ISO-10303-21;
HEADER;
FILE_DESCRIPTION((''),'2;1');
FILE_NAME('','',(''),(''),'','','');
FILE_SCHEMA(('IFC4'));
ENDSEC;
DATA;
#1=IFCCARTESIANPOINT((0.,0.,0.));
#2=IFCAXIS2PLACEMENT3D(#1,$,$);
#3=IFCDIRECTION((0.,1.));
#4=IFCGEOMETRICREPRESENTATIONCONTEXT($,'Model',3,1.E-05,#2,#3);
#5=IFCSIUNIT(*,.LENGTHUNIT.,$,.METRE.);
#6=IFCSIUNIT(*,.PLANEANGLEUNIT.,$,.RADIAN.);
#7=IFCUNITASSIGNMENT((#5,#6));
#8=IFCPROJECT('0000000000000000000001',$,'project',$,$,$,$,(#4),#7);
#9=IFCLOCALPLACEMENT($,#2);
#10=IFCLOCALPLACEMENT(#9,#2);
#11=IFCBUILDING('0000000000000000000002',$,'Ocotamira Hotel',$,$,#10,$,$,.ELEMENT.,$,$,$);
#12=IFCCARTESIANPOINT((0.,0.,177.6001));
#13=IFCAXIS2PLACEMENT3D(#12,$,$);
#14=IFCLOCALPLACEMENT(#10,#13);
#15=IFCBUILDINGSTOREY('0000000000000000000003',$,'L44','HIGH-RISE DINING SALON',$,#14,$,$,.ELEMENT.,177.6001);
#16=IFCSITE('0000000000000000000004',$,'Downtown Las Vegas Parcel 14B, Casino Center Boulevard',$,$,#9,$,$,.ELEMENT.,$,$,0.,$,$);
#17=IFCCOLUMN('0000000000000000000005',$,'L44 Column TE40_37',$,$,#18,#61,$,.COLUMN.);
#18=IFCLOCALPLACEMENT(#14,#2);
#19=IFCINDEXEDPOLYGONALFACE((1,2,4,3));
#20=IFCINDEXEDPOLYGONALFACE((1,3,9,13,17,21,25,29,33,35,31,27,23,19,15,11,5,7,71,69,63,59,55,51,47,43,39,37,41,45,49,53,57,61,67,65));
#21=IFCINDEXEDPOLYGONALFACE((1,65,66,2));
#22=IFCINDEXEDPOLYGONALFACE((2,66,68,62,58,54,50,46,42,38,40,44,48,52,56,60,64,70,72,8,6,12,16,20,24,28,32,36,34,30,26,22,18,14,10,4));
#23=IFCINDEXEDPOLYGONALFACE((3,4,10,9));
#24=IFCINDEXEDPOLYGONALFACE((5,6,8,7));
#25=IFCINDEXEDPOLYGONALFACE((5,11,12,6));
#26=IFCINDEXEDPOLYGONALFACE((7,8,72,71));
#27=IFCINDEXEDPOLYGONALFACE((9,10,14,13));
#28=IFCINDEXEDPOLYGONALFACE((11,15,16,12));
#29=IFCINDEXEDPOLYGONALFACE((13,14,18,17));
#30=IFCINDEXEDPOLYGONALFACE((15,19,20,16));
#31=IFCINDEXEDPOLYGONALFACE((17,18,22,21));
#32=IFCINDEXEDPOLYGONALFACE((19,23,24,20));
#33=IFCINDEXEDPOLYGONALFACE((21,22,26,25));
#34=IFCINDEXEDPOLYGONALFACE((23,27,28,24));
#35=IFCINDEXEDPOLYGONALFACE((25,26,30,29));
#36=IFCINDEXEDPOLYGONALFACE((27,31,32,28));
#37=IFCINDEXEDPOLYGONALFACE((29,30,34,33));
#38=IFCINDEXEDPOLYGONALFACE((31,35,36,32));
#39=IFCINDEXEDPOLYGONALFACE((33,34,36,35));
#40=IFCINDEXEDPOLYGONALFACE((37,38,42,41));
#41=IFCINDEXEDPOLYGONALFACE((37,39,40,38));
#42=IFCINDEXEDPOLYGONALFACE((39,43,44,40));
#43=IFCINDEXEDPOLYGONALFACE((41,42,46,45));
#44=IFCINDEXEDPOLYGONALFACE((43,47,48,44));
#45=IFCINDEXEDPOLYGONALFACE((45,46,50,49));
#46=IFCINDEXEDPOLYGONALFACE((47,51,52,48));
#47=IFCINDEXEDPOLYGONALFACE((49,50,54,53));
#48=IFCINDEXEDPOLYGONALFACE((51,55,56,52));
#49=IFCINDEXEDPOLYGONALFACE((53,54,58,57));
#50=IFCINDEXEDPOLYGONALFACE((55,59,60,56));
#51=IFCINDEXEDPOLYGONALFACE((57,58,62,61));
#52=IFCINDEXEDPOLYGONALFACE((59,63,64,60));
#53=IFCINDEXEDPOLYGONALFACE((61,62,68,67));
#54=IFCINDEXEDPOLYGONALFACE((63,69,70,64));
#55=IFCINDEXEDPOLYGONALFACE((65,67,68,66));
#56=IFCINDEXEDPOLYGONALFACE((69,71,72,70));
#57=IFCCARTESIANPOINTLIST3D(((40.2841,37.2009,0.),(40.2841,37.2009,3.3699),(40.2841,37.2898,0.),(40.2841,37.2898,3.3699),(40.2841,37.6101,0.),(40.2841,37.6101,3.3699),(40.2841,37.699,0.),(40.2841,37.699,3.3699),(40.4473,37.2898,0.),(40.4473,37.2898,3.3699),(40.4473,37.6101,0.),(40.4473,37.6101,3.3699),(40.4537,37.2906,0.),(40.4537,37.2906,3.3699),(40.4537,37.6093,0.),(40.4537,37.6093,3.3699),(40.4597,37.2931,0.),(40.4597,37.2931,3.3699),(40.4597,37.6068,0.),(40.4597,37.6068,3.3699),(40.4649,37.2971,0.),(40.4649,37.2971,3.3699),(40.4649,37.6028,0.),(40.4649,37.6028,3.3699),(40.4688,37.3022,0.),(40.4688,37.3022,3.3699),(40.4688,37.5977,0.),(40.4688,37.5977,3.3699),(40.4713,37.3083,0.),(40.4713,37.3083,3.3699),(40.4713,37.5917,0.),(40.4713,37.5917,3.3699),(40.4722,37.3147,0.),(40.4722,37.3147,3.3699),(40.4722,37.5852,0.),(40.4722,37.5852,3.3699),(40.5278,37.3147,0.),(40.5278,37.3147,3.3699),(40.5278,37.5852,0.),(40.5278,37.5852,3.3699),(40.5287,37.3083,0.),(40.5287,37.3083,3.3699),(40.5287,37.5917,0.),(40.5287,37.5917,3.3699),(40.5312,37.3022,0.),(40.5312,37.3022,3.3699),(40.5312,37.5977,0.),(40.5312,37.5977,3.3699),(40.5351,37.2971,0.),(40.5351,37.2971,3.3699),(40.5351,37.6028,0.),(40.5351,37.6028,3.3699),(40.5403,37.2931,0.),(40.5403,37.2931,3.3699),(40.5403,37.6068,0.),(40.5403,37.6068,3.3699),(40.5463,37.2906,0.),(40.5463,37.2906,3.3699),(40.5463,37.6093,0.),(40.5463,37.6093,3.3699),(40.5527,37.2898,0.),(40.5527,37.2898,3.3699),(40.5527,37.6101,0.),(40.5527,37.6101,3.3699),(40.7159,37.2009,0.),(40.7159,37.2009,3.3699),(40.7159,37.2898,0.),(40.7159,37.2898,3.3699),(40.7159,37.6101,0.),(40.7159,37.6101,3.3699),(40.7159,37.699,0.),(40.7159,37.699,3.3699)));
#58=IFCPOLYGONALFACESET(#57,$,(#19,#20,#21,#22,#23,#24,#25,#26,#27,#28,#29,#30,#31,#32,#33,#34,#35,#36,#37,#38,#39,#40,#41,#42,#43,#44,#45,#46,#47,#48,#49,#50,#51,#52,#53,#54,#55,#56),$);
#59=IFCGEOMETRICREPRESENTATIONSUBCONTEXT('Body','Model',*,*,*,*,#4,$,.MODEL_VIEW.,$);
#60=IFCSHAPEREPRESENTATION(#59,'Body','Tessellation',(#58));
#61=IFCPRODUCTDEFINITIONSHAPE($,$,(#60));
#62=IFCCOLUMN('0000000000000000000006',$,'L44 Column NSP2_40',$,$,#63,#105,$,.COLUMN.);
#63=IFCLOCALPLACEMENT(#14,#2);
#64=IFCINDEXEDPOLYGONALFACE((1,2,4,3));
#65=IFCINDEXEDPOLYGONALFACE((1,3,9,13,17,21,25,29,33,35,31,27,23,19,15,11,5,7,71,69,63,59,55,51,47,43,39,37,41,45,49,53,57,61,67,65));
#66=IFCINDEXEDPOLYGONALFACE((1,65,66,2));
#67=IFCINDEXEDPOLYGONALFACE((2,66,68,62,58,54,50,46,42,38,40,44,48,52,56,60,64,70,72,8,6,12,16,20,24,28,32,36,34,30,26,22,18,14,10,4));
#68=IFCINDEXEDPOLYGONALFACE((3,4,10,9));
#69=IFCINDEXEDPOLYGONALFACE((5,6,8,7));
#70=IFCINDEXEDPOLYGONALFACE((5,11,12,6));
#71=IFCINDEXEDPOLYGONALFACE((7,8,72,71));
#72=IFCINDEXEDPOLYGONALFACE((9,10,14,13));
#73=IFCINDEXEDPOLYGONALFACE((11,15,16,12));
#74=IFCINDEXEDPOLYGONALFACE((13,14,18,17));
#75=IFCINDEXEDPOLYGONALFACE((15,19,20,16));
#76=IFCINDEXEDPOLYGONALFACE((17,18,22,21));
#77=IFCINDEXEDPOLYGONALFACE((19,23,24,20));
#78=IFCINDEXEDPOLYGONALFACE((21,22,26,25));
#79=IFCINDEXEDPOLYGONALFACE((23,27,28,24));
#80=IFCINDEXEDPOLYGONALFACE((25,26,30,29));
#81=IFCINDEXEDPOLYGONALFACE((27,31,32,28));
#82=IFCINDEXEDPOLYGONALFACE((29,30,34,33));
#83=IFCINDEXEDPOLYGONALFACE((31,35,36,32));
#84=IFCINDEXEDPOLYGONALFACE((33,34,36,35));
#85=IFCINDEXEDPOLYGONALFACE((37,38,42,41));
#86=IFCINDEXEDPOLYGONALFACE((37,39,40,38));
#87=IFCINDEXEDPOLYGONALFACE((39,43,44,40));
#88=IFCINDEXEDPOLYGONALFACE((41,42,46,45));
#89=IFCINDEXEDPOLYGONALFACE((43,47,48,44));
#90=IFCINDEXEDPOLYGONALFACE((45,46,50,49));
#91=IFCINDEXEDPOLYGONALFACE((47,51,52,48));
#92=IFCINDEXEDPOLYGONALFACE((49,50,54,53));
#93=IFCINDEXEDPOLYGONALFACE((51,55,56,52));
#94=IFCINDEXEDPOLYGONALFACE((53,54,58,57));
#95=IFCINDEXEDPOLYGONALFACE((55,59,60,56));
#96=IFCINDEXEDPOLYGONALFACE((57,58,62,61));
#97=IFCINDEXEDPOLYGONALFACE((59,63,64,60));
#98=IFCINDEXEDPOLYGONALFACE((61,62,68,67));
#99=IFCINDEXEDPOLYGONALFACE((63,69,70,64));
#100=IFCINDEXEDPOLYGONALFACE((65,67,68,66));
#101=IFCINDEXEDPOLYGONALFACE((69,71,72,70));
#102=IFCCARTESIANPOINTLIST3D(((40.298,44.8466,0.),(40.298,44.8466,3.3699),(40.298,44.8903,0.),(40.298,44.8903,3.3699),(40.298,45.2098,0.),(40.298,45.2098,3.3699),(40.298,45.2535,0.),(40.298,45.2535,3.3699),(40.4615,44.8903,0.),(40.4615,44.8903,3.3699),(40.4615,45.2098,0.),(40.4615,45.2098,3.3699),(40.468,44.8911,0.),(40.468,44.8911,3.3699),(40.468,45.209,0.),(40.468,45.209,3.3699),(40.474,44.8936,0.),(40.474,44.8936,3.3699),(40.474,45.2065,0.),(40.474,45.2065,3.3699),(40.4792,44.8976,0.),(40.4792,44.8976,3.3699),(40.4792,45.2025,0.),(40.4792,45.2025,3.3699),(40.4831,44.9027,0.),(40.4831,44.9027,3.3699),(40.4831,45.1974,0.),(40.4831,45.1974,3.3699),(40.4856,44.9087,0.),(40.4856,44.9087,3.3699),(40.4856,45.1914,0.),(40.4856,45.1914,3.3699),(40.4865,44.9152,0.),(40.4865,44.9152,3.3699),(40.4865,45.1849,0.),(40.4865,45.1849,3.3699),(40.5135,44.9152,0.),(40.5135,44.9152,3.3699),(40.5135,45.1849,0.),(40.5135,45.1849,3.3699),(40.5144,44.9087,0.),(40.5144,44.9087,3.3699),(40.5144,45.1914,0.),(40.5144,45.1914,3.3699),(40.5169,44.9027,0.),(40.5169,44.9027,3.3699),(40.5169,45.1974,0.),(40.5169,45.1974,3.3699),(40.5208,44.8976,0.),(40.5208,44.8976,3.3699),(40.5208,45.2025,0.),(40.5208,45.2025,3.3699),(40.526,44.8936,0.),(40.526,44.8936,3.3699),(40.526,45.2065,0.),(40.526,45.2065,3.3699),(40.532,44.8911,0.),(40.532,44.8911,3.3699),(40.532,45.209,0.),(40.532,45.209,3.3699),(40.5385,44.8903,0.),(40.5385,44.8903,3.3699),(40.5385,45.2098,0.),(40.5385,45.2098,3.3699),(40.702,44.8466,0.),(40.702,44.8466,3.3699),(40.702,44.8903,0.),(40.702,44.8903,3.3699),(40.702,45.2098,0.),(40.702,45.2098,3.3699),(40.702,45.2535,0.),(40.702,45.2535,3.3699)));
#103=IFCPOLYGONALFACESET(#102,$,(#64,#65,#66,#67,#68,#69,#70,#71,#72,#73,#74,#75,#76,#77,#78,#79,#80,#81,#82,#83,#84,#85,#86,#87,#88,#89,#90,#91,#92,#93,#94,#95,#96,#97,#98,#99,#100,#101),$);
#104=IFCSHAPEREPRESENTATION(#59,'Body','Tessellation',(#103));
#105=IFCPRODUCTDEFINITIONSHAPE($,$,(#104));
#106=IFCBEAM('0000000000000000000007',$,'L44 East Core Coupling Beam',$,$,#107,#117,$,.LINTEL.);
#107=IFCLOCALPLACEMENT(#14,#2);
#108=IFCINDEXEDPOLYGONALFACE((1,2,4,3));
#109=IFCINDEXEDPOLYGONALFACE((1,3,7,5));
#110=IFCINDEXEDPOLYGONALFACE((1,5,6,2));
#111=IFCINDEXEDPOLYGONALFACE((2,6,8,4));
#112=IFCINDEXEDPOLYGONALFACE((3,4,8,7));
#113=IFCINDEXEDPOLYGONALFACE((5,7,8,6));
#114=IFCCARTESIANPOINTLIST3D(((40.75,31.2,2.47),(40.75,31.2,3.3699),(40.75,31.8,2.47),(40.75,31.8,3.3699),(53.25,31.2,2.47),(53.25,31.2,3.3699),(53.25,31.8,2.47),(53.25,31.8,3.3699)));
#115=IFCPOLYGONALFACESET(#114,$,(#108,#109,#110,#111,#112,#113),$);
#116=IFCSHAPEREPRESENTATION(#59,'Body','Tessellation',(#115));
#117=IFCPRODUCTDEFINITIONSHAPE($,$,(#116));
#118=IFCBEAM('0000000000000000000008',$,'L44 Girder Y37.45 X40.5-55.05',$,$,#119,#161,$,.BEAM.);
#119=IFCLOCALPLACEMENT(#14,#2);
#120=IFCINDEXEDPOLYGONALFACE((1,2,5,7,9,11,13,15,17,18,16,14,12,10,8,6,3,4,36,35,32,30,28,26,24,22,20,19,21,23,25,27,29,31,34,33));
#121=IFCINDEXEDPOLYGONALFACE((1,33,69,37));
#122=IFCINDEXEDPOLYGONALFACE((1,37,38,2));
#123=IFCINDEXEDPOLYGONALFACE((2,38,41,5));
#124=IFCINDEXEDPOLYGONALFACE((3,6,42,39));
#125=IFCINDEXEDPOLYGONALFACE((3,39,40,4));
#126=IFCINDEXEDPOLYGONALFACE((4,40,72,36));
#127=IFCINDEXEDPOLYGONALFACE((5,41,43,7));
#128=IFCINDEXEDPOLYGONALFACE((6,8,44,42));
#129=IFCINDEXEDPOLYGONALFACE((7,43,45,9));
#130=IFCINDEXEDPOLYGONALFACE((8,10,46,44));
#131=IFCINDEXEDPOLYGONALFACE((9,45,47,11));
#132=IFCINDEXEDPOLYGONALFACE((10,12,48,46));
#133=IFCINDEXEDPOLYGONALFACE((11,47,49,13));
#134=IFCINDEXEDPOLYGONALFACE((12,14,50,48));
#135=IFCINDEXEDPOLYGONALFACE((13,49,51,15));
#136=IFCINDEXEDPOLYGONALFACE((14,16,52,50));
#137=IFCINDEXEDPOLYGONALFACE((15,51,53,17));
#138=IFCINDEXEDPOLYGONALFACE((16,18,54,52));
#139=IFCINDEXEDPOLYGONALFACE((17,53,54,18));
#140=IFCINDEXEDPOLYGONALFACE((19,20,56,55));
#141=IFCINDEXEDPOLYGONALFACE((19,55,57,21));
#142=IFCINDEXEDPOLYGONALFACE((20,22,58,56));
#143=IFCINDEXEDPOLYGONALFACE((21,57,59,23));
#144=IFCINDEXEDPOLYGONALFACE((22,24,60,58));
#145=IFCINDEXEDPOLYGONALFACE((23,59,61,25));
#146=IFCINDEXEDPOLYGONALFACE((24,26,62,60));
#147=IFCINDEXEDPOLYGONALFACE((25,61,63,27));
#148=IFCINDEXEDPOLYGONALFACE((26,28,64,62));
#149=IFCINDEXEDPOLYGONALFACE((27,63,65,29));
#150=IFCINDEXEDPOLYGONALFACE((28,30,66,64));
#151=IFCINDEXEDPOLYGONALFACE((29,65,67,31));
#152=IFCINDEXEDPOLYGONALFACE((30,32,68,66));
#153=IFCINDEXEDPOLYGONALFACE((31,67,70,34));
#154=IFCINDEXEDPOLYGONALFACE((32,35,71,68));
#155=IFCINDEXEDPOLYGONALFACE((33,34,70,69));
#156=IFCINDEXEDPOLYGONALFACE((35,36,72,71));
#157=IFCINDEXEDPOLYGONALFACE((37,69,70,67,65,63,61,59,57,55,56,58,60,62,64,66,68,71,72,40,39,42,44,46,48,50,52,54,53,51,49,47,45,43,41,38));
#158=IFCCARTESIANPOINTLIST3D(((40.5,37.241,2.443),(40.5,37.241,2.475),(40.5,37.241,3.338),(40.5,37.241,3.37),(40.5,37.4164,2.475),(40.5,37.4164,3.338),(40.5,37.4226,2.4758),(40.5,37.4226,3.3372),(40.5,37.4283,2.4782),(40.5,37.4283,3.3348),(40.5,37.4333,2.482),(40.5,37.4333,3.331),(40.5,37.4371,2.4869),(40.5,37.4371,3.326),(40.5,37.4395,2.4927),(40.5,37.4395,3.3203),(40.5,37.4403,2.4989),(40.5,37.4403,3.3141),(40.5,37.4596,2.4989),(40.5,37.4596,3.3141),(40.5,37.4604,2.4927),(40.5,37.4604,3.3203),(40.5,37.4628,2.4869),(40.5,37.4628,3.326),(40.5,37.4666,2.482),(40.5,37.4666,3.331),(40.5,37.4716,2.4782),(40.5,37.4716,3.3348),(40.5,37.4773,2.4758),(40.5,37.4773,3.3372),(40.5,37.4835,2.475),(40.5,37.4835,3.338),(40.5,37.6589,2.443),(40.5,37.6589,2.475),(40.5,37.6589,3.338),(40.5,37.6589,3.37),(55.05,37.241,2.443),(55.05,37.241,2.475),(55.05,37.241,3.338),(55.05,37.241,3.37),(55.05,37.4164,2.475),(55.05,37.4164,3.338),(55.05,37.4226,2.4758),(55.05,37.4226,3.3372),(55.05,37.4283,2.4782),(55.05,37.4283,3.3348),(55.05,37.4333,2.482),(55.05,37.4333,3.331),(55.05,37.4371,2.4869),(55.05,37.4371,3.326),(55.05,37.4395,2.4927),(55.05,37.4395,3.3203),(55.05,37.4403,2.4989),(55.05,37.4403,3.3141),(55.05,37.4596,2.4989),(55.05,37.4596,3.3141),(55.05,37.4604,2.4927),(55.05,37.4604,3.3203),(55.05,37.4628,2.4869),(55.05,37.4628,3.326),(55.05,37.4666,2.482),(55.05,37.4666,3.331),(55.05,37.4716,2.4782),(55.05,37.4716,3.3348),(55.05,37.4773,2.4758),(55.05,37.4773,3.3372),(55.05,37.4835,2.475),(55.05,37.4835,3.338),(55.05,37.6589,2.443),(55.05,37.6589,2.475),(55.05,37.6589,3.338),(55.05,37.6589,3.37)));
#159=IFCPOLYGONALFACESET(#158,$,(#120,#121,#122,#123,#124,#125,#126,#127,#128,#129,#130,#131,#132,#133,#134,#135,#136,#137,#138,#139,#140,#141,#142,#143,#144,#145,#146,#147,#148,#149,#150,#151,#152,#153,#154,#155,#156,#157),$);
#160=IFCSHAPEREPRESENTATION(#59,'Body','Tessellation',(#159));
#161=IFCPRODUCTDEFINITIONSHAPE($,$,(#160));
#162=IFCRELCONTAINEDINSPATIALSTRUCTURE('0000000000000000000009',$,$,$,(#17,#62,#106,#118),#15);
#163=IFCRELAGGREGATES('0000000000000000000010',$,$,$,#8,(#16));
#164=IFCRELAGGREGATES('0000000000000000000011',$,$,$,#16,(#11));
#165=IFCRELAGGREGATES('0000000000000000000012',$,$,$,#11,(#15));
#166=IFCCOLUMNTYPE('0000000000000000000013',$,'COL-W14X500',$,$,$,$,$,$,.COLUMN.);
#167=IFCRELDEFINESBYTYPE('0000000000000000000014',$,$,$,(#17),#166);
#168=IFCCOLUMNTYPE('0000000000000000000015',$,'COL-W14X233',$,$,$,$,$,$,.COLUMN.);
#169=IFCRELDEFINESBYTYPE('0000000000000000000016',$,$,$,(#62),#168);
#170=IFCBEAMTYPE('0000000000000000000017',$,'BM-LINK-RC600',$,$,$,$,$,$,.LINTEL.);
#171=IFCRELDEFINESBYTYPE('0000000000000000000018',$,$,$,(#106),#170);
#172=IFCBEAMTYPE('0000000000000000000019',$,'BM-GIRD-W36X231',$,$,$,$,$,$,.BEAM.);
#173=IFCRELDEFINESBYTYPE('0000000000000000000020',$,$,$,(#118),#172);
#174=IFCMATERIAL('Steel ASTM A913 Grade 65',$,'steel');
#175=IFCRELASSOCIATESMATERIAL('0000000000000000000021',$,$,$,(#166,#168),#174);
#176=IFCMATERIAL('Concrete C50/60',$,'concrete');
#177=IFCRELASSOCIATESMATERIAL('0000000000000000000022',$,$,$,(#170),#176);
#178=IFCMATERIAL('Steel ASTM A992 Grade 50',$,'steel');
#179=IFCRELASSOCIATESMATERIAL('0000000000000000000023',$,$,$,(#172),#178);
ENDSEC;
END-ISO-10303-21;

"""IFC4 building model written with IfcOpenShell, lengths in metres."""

from ifc_helpers import new_model, si_unit, direction, frame, origin, origin_2d, place, context, subcontext, project, spatial, rectangle, i_section, extrude, source, transform, mapped, material, material_profile, profile_set, type_object, element, save


model = new_model("IFC4")

# Units and contexts
model_context = context("Model", 3, precision=1e-05, world=origin(), true_north=direction((0.0, 1.0)))
body_context = subcontext(model_context, "Body", "Model", "MODEL_VIEW")
ifc_project = project(units=[si_unit("LENGTHUNIT", "METRE"), si_unit("PLANEANGLEUNIT", "RADIAN")], contexts=[model_context])

# Site, building, storey
site_placement = place(None, origin())
site = spatial("IfcSite", under=ifc_project, at=site_placement, Name="Downtown Las Vegas Parcel 14B, Casino Center Boulevard", CompositionType="ELEMENT", RefElevation=0.0)
building_placement = place(site_placement, origin())
building = spatial("IfcBuilding", under=site, at=building_placement, Name="Ocotamira Hotel", CompositionType="ELEMENT")
storey_placement = place(building_placement, frame((0.0, 0.0, 177.6001)))
storey = spatial("IfcBuildingStorey", under=building, at=storey_placement, Name="L44", Description="HIGH-RISE DINING SALON", CompositionType="ELEMENT", Elevation=177.6001)

# Columns
ifc_material_1 = material(Name="Steel ASTM A913 Grade 65", Category="steel")
ifc_material_profile_1 = material_profile(ifc_material_1, i_section(OverallWidth=0.4319, OverallDepth=0.498, WebThickness=0.0557, FlangeThickness=0.0889, FilletRadius=0.0249, at=origin_2d()), Name="W14X500")
ifc_profile_set_1 = profile_set([ifc_material_profile_1], Name="Steel ASTM A913 Grade 65")
column_type_1 = type_object("IfcColumnType", Name="COL-W14X500", PredefinedType="COLUMN", material=ifc_profile_set_1)
shared_shape_1 = source(origin(), body_context, "Body", "SweptSolid", [
    extrude(i_section(OverallWidth=0.4319, OverallDepth=0.498, WebThickness=0.0557, FlangeThickness=0.0889, FilletRadius=0.0249, at=origin_2d()), origin(), (0.0, 0.0, 1.0), 3.3699),
])
column_1_placement = place(storey_placement, frame((40.5, 37.45, 0.0), z_axis=(0.0, 0.0, 1.0), x_axis=(1.0, 0.0, 0.0)))
element("IfcColumn", 1, at=column_1_placement, inside=storey, type_object=column_type_1, Name="L44 Column TE40_37", PredefinedType="COLUMN", context=body_context, shape_type="MappedRepresentation", body=[
    mapped(shared_shape_1, transform((0.0, 0.0, 0.0), scale=1.0)),
])
ifc_material_profile_2 = material_profile(ifc_material_1, i_section(OverallWidth=0.4041, OverallDepth=0.407, WebThickness=0.0271, FlangeThickness=0.0437, FilletRadius=0.0249, at=origin_2d()), Name="W14X233")
ifc_profile_set_2 = profile_set([ifc_material_profile_2], Name="Steel ASTM A913 Grade 65")
column_type_2 = type_object("IfcColumnType", Name="COL-W14X233", PredefinedType="COLUMN", material=ifc_profile_set_2)
shared_shape_2 = source(origin(), body_context, "Body", "SweptSolid", [
    extrude(i_section(OverallWidth=0.4041, OverallDepth=0.407, WebThickness=0.0271, FlangeThickness=0.0437, FilletRadius=0.0249, at=origin_2d()), origin(), (0.0, 0.0, 1.0), 3.3699),
])
column_2_placement = place(storey_placement, frame((40.5, 45.05, 0.0), z_axis=(0.0, 0.0, 1.0), x_axis=(1.0, 0.0, 0.0)))
element("IfcColumn", 2, at=column_2_placement, inside=storey, type_object=column_type_2, Name="L44 Column NSP2_40", PredefinedType="COLUMN", context=body_context, shape_type="MappedRepresentation", body=[
    mapped(shared_shape_2, transform((0.0, 0.0, 0.0), scale=1.0)),
])

# Beams
ifc_material_2 = material(Name="Concrete C50/60", Category="concrete")
ifc_material_profile_3 = material_profile(ifc_material_2, rectangle(XDim=0.6001, YDim=0.8999, at=origin_2d()), Name="RC600X900")
ifc_profile_set_3 = profile_set([ifc_material_profile_3], Name="Concrete C50/60")
beam_type_1 = type_object("IfcBeamType", Name="BM-LINK-RC600", PredefinedType="LINTEL", material=ifc_profile_set_3)
shared_shape_3 = source(origin(), body_context, "Body", "SweptSolid", [
    extrude(rectangle(XDim=0.6001, YDim=0.8999, at=origin_2d()), origin(), (0.0, 0.0, 1.0), 12.5),
])
beam_1_placement = place(storey_placement, frame((40.75, 31.5, 2.9199), z_axis=(1.0, 0.0, 0.0), x_axis=(0.0, 1.0, 0.0)))
element("IfcBeam", 3, at=beam_1_placement, inside=storey, type_object=beam_type_1, Name="L44 East Core Coupling Beam", PredefinedType="LINTEL", context=body_context, shape_type="MappedRepresentation", body=[
    mapped(shared_shape_3, transform((0.0, 0.0, 0.0), scale=1.0)),
])
ifc_material_3 = material(Name="Steel ASTM A992 Grade 50", Category="steel")
ifc_material_profile_4 = material_profile(ifc_material_3, i_section(OverallWidth=0.418, OverallDepth=0.927, WebThickness=0.0193, FlangeThickness=0.032, FilletRadius=0.0239, at=origin_2d()), Name="W36X231")
ifc_profile_set_4 = profile_set([ifc_material_profile_4], Name="Steel ASTM A992 Grade 50")
beam_type_2 = type_object("IfcBeamType", Name="BM-GIRD-W36X231", PredefinedType="BEAM", material=ifc_profile_set_4)
shared_shape_4 = source(origin(), body_context, "Body", "SweptSolid", [
    extrude(i_section(OverallWidth=0.418, OverallDepth=0.927, WebThickness=0.0193, FlangeThickness=0.032, FilletRadius=0.0239, at=origin_2d()), origin(), (0.0, 0.0, 1.0), 14.55),
])
beam_2_placement = place(storey_placement, frame((40.5, 37.45, 2.9065), z_axis=(1.0, 0.0, 0.0), x_axis=(0.0, 1.0, 0.0)))
element("IfcBeam", 4, at=beam_2_placement, inside=storey, type_object=beam_type_2, Name="L44 Girder Y37.45 X40.5-55.05", PredefinedType="BEAM", context=body_context, shape_type="MappedRepresentation", body=[
    mapped(shared_shape_4, transform((0.0, 0.0, 0.0), scale=1.0)),
])

save(model, "model.ifc")
